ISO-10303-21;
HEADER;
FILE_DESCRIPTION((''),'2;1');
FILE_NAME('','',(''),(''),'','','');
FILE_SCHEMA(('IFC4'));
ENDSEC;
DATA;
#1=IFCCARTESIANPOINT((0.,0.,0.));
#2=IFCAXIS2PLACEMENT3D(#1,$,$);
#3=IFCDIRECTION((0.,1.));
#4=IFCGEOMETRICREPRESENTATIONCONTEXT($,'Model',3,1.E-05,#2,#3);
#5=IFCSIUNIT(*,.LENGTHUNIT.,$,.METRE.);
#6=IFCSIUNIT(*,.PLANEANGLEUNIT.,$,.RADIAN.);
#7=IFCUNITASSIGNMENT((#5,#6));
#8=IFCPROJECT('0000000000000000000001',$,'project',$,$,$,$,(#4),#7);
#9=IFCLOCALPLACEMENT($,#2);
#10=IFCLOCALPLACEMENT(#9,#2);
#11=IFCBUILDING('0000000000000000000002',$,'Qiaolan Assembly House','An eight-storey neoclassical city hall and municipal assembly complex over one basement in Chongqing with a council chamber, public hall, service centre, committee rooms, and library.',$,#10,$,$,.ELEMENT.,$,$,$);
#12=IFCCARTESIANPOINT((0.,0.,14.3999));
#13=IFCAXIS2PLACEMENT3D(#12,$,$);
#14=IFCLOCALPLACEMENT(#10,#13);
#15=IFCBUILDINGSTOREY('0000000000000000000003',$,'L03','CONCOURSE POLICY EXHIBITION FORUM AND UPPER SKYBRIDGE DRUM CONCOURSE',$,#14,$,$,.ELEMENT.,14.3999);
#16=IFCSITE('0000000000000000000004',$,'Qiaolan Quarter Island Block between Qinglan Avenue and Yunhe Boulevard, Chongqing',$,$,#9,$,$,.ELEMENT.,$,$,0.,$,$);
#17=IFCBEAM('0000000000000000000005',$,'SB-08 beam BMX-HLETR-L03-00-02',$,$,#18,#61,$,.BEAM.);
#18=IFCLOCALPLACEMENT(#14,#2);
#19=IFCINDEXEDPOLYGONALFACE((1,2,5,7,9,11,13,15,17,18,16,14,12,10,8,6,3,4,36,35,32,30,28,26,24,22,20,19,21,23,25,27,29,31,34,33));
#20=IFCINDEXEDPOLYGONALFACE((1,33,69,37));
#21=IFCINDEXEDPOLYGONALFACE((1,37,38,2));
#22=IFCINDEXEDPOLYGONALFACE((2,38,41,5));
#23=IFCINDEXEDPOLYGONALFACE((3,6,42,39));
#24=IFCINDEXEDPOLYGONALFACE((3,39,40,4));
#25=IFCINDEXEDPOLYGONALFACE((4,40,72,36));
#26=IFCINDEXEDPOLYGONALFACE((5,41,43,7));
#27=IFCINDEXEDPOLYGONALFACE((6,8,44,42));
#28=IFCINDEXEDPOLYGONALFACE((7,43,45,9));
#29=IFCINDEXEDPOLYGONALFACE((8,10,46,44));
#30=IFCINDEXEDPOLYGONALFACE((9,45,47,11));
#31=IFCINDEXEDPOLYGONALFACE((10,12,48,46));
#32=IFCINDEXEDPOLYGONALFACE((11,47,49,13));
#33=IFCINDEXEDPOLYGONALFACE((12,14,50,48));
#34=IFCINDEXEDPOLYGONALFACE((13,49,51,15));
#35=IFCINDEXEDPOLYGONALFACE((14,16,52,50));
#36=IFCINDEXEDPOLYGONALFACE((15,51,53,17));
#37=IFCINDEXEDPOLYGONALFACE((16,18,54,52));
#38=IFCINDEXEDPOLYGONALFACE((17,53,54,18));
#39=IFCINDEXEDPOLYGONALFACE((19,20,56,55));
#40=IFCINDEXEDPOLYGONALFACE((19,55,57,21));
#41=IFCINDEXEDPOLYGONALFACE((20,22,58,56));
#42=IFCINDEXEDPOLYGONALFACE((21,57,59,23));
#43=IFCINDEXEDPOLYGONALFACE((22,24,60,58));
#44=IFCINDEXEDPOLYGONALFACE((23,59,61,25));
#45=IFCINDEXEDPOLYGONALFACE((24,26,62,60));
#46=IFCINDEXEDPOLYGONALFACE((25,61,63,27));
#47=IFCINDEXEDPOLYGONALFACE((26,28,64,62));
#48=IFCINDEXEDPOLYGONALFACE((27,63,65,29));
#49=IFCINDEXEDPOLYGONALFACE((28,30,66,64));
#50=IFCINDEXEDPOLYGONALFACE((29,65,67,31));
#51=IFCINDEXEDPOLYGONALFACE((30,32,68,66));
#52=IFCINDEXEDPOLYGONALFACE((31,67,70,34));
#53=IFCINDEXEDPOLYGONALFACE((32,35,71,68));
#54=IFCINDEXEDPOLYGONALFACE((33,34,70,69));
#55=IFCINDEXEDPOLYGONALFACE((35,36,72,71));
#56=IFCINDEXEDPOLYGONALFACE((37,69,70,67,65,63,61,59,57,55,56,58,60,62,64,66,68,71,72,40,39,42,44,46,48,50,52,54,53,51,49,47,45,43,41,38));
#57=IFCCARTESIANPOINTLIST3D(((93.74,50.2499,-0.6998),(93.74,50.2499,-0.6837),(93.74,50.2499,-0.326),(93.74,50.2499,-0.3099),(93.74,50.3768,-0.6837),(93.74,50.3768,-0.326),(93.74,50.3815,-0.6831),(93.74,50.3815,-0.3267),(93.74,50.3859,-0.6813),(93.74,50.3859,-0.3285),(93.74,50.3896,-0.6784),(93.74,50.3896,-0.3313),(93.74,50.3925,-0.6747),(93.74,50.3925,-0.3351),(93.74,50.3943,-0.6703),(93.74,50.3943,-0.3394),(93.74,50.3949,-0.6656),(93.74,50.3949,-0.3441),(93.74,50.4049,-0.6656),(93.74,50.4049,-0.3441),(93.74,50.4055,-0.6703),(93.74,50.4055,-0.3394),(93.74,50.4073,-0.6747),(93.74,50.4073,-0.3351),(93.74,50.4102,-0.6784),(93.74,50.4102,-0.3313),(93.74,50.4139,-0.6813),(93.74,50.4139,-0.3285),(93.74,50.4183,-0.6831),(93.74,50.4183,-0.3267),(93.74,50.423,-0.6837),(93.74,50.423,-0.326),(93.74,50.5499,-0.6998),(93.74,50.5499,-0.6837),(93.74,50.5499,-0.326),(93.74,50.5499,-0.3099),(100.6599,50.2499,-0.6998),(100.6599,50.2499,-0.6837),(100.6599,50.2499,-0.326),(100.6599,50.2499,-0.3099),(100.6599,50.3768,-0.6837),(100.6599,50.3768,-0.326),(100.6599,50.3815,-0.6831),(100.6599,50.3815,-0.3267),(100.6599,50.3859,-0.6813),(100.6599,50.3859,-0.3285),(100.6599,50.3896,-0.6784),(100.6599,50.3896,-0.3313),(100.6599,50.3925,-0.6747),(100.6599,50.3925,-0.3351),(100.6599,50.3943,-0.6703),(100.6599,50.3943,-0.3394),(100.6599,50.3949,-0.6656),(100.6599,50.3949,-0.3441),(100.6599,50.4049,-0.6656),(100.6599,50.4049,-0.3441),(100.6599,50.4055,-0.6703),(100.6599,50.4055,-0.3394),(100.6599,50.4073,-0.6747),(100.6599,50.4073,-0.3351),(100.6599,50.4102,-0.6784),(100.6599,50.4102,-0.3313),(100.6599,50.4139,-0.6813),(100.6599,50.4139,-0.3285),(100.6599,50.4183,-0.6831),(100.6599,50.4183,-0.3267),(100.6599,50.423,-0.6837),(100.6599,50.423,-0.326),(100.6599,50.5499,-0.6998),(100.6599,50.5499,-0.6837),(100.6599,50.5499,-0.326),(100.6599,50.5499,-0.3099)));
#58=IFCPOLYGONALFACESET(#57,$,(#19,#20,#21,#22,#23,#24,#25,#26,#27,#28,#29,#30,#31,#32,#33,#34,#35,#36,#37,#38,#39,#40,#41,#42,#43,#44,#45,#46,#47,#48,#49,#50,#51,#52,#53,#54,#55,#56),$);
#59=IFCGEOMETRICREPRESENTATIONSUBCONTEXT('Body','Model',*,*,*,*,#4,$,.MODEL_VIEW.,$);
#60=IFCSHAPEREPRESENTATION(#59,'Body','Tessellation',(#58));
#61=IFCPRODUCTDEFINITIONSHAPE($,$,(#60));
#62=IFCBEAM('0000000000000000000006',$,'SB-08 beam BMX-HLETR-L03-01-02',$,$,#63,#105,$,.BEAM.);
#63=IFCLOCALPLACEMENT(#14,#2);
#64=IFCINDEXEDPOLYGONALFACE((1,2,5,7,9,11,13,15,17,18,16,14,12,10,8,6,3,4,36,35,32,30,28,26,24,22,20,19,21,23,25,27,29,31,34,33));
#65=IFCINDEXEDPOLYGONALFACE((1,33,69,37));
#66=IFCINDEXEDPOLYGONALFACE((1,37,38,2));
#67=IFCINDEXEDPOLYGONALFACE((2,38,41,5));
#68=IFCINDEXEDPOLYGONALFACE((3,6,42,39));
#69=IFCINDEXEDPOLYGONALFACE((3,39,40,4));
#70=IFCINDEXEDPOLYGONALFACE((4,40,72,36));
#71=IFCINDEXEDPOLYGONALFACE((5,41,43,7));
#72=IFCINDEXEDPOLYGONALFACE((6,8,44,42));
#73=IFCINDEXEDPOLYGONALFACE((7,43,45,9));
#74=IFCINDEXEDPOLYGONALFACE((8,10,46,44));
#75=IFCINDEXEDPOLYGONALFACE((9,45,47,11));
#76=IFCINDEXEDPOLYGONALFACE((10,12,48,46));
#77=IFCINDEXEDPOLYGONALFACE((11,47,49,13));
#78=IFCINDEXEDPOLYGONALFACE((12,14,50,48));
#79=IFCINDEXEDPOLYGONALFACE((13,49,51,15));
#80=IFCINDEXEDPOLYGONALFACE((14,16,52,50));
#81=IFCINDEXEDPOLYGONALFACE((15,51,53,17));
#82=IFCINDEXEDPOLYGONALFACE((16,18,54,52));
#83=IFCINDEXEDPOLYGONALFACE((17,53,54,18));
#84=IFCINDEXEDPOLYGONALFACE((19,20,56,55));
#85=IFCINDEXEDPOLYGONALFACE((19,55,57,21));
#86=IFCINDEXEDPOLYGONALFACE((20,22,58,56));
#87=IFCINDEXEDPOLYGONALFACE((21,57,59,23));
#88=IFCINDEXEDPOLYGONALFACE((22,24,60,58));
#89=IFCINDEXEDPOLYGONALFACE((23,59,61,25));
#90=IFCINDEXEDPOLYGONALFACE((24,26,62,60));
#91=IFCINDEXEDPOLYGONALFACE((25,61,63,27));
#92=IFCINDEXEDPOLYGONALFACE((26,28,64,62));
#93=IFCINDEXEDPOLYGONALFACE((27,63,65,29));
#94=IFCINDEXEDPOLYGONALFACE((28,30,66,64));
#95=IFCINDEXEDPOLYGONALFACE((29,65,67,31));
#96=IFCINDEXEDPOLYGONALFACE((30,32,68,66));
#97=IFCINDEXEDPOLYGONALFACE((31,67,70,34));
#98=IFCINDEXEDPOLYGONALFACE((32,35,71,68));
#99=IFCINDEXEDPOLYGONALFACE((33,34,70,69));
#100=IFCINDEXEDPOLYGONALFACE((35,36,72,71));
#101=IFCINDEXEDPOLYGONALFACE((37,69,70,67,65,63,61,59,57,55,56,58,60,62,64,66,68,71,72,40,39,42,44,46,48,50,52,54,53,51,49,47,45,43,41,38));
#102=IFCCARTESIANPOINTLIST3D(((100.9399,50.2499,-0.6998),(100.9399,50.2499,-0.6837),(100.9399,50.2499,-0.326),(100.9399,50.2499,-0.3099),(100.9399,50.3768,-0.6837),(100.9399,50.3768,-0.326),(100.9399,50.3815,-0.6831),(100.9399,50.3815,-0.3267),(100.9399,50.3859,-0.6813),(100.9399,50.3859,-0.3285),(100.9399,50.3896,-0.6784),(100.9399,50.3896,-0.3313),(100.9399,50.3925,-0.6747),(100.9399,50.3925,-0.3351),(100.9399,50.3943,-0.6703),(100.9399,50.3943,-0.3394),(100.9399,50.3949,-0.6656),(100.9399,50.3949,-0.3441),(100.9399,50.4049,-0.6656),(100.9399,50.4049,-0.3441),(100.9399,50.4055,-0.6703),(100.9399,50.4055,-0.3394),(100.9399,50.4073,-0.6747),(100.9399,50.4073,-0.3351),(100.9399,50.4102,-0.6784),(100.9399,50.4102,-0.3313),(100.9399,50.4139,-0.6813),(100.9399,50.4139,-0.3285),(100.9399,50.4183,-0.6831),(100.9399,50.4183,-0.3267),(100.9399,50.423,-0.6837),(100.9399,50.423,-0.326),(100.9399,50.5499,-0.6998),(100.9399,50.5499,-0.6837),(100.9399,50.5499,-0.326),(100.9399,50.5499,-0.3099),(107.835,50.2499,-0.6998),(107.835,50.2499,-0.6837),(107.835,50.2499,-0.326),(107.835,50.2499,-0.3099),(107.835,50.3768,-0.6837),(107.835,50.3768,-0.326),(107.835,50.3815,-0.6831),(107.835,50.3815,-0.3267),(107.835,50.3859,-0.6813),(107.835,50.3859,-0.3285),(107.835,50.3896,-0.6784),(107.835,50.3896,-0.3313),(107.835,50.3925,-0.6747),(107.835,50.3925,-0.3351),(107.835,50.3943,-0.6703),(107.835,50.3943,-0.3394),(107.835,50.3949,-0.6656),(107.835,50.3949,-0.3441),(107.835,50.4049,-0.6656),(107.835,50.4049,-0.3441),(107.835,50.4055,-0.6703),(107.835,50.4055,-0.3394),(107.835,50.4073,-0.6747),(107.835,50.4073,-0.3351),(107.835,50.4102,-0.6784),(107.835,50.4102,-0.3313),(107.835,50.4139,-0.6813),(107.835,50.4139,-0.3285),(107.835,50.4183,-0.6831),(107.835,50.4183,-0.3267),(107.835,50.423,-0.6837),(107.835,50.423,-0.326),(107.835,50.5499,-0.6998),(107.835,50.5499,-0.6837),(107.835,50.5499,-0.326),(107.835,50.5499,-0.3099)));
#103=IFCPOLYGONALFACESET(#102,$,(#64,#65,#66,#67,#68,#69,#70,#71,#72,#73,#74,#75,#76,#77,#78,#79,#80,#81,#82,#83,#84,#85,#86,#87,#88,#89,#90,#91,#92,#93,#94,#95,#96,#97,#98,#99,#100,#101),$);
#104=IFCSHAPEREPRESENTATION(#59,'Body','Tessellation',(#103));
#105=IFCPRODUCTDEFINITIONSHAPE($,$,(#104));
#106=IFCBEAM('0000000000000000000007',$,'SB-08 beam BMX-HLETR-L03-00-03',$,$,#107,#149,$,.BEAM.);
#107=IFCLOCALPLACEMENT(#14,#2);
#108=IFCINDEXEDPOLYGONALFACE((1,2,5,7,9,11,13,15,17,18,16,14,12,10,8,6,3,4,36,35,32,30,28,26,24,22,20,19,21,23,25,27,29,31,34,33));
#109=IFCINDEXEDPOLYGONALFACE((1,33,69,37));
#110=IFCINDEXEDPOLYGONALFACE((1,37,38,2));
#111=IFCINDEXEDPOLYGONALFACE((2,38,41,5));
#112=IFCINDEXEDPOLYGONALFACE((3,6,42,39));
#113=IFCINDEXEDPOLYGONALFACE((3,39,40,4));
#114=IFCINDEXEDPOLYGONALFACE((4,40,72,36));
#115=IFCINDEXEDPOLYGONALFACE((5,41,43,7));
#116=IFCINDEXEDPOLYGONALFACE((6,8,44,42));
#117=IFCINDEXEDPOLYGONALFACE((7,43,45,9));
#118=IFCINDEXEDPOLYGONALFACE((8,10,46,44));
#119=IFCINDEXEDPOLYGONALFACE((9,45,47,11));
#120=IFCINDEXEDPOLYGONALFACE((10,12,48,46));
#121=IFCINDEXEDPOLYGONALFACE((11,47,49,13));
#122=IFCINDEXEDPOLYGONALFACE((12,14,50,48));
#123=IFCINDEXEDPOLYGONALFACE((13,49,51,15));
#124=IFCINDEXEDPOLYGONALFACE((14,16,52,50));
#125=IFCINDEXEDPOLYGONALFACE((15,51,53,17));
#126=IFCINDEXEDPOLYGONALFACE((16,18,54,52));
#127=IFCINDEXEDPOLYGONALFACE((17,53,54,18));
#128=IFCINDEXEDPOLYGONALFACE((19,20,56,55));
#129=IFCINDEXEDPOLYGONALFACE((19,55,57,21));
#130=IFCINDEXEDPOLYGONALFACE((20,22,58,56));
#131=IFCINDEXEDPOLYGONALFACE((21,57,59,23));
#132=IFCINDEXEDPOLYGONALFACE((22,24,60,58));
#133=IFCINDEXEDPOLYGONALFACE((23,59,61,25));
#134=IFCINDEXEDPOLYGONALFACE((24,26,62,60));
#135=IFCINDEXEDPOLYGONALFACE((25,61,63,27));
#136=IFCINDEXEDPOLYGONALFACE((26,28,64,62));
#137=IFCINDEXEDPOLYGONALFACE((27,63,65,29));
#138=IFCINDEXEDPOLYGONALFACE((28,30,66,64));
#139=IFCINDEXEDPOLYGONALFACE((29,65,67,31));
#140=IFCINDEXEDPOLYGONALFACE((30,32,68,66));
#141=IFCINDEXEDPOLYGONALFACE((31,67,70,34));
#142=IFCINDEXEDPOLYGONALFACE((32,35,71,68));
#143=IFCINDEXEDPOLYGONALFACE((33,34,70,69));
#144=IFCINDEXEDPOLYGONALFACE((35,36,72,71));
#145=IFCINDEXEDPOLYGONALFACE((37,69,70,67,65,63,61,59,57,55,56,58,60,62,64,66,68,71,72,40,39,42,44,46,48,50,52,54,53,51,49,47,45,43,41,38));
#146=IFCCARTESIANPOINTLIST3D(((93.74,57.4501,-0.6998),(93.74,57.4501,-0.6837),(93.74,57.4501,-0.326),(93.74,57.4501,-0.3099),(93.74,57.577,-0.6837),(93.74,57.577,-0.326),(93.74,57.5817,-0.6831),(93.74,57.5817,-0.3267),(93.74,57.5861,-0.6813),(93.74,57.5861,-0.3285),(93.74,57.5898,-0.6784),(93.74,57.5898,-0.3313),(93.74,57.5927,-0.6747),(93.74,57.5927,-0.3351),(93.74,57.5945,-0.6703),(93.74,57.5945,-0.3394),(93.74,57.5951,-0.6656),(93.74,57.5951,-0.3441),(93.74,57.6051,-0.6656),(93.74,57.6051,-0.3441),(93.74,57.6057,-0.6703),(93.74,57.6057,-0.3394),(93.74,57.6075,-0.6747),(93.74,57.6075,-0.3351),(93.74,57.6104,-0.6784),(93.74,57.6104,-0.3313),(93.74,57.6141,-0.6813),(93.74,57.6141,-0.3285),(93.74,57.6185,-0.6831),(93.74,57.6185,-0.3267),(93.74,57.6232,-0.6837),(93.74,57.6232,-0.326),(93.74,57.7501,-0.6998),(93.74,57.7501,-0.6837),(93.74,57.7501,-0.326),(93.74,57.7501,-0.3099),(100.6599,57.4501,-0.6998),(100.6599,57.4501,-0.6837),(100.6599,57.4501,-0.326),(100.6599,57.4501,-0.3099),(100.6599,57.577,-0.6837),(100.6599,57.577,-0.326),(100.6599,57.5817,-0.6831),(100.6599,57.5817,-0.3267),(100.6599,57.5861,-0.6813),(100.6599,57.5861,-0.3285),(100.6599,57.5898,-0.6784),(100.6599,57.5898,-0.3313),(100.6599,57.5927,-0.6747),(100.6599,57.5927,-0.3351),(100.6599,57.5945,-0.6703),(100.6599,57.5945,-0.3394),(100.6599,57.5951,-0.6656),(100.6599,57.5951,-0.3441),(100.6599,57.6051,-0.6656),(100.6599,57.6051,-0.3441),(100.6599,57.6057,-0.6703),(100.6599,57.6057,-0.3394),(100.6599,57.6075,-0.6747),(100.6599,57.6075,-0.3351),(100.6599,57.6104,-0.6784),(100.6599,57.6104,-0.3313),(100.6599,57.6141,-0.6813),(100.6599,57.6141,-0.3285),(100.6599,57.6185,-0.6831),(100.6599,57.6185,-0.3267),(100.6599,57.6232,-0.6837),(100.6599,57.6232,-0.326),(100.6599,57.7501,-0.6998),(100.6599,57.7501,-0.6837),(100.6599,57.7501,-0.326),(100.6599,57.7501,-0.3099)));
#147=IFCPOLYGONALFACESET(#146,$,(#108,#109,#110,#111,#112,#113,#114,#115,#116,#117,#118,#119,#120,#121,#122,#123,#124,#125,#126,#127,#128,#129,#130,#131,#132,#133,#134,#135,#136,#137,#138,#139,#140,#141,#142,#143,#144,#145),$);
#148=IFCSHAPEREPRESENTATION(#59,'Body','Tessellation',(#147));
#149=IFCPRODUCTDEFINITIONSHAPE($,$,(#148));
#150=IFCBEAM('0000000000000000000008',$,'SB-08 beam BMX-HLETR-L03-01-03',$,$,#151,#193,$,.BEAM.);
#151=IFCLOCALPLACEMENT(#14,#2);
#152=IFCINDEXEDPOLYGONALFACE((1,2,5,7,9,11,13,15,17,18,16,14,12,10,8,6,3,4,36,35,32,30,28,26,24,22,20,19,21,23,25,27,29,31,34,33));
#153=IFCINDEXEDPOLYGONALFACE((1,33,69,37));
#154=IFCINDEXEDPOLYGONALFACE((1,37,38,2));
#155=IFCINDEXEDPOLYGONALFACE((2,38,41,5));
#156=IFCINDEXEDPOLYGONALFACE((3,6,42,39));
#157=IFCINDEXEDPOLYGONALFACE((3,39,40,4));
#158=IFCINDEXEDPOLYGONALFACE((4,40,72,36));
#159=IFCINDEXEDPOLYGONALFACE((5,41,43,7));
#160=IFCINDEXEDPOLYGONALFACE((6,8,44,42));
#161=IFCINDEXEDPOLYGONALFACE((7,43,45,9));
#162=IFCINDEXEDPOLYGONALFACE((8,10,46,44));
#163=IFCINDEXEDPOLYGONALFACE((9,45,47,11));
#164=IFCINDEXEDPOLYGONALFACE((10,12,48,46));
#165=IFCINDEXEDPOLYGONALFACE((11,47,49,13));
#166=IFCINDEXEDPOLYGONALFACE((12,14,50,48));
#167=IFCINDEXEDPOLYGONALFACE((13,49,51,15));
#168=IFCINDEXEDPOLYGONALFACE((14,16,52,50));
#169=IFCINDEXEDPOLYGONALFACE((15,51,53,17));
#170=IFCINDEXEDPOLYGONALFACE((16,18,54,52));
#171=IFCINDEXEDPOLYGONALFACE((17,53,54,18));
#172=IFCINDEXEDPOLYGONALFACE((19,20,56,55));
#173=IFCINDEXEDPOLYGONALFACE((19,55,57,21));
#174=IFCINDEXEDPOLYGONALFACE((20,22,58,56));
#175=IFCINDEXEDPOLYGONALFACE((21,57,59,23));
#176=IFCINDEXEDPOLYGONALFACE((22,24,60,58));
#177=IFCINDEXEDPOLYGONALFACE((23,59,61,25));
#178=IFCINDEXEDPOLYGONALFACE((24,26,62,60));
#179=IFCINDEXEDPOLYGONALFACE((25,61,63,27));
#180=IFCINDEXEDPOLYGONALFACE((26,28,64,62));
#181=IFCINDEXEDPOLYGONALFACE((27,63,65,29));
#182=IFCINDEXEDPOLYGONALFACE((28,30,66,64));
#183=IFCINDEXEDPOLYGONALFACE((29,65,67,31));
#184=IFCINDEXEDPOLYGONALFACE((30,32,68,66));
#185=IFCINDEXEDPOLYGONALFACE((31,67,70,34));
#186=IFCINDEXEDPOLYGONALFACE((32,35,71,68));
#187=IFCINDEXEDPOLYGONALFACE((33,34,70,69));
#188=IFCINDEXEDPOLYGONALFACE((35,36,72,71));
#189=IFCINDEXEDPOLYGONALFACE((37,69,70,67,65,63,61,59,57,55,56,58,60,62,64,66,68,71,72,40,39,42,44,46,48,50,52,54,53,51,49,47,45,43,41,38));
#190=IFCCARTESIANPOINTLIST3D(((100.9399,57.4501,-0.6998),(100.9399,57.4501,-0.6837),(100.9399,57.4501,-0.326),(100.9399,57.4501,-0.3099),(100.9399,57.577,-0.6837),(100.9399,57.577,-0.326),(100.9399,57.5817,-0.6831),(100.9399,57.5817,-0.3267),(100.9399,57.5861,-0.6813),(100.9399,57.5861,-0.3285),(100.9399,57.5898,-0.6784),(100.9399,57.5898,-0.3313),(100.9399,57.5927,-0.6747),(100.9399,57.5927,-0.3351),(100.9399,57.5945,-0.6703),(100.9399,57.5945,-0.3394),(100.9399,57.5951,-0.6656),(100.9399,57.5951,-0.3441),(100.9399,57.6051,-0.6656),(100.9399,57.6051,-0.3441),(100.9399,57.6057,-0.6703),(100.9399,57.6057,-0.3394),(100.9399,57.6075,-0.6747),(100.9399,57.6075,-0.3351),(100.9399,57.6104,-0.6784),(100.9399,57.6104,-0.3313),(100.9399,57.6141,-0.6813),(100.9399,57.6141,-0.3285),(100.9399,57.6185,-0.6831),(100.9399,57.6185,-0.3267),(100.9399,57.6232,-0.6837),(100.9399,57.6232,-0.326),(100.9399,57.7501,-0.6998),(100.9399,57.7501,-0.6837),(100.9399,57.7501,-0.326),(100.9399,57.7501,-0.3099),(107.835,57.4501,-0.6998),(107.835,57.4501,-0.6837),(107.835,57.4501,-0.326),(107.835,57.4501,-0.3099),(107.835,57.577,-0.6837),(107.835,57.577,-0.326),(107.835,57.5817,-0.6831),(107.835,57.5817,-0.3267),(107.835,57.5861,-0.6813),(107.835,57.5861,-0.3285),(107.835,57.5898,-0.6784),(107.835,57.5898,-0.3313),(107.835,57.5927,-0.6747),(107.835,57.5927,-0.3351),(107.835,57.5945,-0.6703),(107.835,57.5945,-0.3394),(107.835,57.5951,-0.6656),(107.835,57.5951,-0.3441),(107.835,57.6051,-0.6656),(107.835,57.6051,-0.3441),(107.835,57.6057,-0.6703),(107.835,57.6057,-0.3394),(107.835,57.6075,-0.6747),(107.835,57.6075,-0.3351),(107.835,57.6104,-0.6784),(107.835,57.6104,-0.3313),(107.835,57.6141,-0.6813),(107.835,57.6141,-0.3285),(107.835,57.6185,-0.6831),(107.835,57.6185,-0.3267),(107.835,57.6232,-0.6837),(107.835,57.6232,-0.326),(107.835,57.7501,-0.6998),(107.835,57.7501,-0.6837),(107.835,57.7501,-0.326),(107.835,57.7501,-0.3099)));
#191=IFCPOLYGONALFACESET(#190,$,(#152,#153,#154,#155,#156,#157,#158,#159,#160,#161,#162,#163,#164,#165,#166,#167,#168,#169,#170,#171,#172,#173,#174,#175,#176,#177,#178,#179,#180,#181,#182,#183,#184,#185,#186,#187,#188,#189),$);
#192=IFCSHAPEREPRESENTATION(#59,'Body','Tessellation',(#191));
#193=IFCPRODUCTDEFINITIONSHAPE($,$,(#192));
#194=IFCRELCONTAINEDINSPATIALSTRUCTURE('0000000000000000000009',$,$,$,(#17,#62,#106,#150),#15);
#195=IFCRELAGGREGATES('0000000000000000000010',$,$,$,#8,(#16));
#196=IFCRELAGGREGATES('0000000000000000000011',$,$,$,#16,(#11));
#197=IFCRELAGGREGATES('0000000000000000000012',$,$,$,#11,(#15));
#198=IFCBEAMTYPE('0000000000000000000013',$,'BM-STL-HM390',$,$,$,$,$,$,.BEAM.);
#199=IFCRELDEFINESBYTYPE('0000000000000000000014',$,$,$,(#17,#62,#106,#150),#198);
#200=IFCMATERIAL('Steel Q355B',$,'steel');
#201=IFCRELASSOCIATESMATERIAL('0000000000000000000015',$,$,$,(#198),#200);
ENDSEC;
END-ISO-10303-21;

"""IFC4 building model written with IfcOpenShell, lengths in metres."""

from ifc_helpers import new_model, si_unit, direction, frame, origin, origin_2d, place, context, subcontext, project, spatial, i_section, extrude, material, material_profile, profile_set, type_object, element, save


model = new_model("IFC4")

# Units and contexts
model_context = context("Model", 3, precision=1e-05, world=origin(), true_north=direction((0.0, 1.0)))
body_context = subcontext(model_context, "Body", "Model", "MODEL_VIEW")
ifc_project = project(units=[si_unit("LENGTHUNIT", "METRE"), si_unit("PLANEANGLEUNIT", "RADIAN")], contexts=[model_context])

# Site, building, storey
site_placement = place(None, origin())
site = spatial("IfcSite", under=ifc_project, at=site_placement, Name="Qiaolan Quarter Island Block between Qinglan Avenue and Yunhe Boulevard, Chongqing", CompositionType="ELEMENT", RefElevation=0.0)
building_placement = place(site_placement, origin())
building = spatial("IfcBuilding", under=site, at=building_placement, Name="Qiaolan Assembly House", Description="An eight-storey neoclassical city hall and municipal assembly complex over one basement in Chongqing with a council chamber, public hall, service centre, committee rooms, and library.", CompositionType="ELEMENT")
storey_placement = place(building_placement, frame((0.0, 0.0, 14.3999)))
storey = spatial("IfcBuildingStorey", under=building, at=storey_placement, Name="L03", Description="CONCOURSE POLICY EXHIBITION FORUM AND UPPER SKYBRIDGE DRUM CONCOURSE", CompositionType="ELEMENT", Elevation=14.3999)

# Shared definitions
ifc_material_1 = material(Name="Steel Q355B", Category="steel")

# Beams
ifc_material_profile_1 = material_profile(ifc_material_1, i_section(OverallWidth=0.3, OverallDepth=0.3899, WebThickness=0.01, FlangeThickness=0.0161, FilletRadius=0.0181, at=origin_2d()), Name="HM 390x300x10x16")
ifc_profile_set_1 = profile_set([ifc_material_profile_1], Name="Steel Q355B")
beam_type_1 = type_object("IfcBeamType", Name="BM-STL-HM390", PredefinedType="BEAM", material=ifc_profile_set_1)
beam_1_placement = place(storey_placement, frame((93.74, 50.3999, -0.5049), z_axis=(1.0, 0.0, 0.0), x_axis=(0.0, 1.0, 0.0)))
element("IfcBeam", 1, at=beam_1_placement, inside=storey, type_object=beam_type_1, Name="SB-08 beam BMX-HLETR-L03-00-02", PredefinedType="BEAM", context=body_context, shape_type="SweptSolid", body=[
    extrude(i_section(OverallWidth=0.3, OverallDepth=0.3899, WebThickness=0.01, FlangeThickness=0.0161, FilletRadius=0.0181, at=origin_2d()), origin(), (0.0, 0.0, 1.0), 6.9199),
])
beam_2_placement = place(storey_placement, frame((100.9399, 50.3999, -0.5049), z_axis=(1.0, 0.0, 0.0), x_axis=(0.0, 1.0, 0.0)))
element("IfcBeam", 2, at=beam_2_placement, inside=storey, type_object=beam_type_1, Name="SB-08 beam BMX-HLETR-L03-01-02", PredefinedType="BEAM", context=body_context, shape_type="SweptSolid", body=[
    extrude(i_section(OverallWidth=0.3, OverallDepth=0.3899, WebThickness=0.01, FlangeThickness=0.0161, FilletRadius=0.0181, at=origin_2d()), origin(), (0.0, 0.0, 1.0), 6.895),
])
beam_3_placement = place(storey_placement, frame((93.74, 57.6001, -0.5049), z_axis=(1.0, 0.0, 0.0), x_axis=(0.0, 1.0, 0.0)))
element("IfcBeam", 3, at=beam_3_placement, inside=storey, type_object=beam_type_1, Name="SB-08 beam BMX-HLETR-L03-00-03", PredefinedType="BEAM", context=body_context, shape_type="SweptSolid", body=[
    extrude(i_section(OverallWidth=0.3, OverallDepth=0.3899, WebThickness=0.01, FlangeThickness=0.0161, FilletRadius=0.0181, at=origin_2d()), origin(), (0.0, 0.0, 1.0), 6.9199),
])
beam_4_placement = place(storey_placement, frame((100.9399, 57.6001, -0.5049), z_axis=(1.0, 0.0, 0.0), x_axis=(0.0, 1.0, 0.0)))
element("IfcBeam", 4, at=beam_4_placement, inside=storey, type_object=beam_type_1, Name="SB-08 beam BMX-HLETR-L03-01-03", PredefinedType="BEAM", context=body_context, shape_type="SweptSolid", body=[
    extrude(i_section(OverallWidth=0.3, OverallDepth=0.3899, WebThickness=0.01, FlangeThickness=0.0161, FilletRadius=0.0181, at=origin_2d()), origin(), (0.0, 0.0, 1.0), 6.895),
])

save(model, "model.ifc")
